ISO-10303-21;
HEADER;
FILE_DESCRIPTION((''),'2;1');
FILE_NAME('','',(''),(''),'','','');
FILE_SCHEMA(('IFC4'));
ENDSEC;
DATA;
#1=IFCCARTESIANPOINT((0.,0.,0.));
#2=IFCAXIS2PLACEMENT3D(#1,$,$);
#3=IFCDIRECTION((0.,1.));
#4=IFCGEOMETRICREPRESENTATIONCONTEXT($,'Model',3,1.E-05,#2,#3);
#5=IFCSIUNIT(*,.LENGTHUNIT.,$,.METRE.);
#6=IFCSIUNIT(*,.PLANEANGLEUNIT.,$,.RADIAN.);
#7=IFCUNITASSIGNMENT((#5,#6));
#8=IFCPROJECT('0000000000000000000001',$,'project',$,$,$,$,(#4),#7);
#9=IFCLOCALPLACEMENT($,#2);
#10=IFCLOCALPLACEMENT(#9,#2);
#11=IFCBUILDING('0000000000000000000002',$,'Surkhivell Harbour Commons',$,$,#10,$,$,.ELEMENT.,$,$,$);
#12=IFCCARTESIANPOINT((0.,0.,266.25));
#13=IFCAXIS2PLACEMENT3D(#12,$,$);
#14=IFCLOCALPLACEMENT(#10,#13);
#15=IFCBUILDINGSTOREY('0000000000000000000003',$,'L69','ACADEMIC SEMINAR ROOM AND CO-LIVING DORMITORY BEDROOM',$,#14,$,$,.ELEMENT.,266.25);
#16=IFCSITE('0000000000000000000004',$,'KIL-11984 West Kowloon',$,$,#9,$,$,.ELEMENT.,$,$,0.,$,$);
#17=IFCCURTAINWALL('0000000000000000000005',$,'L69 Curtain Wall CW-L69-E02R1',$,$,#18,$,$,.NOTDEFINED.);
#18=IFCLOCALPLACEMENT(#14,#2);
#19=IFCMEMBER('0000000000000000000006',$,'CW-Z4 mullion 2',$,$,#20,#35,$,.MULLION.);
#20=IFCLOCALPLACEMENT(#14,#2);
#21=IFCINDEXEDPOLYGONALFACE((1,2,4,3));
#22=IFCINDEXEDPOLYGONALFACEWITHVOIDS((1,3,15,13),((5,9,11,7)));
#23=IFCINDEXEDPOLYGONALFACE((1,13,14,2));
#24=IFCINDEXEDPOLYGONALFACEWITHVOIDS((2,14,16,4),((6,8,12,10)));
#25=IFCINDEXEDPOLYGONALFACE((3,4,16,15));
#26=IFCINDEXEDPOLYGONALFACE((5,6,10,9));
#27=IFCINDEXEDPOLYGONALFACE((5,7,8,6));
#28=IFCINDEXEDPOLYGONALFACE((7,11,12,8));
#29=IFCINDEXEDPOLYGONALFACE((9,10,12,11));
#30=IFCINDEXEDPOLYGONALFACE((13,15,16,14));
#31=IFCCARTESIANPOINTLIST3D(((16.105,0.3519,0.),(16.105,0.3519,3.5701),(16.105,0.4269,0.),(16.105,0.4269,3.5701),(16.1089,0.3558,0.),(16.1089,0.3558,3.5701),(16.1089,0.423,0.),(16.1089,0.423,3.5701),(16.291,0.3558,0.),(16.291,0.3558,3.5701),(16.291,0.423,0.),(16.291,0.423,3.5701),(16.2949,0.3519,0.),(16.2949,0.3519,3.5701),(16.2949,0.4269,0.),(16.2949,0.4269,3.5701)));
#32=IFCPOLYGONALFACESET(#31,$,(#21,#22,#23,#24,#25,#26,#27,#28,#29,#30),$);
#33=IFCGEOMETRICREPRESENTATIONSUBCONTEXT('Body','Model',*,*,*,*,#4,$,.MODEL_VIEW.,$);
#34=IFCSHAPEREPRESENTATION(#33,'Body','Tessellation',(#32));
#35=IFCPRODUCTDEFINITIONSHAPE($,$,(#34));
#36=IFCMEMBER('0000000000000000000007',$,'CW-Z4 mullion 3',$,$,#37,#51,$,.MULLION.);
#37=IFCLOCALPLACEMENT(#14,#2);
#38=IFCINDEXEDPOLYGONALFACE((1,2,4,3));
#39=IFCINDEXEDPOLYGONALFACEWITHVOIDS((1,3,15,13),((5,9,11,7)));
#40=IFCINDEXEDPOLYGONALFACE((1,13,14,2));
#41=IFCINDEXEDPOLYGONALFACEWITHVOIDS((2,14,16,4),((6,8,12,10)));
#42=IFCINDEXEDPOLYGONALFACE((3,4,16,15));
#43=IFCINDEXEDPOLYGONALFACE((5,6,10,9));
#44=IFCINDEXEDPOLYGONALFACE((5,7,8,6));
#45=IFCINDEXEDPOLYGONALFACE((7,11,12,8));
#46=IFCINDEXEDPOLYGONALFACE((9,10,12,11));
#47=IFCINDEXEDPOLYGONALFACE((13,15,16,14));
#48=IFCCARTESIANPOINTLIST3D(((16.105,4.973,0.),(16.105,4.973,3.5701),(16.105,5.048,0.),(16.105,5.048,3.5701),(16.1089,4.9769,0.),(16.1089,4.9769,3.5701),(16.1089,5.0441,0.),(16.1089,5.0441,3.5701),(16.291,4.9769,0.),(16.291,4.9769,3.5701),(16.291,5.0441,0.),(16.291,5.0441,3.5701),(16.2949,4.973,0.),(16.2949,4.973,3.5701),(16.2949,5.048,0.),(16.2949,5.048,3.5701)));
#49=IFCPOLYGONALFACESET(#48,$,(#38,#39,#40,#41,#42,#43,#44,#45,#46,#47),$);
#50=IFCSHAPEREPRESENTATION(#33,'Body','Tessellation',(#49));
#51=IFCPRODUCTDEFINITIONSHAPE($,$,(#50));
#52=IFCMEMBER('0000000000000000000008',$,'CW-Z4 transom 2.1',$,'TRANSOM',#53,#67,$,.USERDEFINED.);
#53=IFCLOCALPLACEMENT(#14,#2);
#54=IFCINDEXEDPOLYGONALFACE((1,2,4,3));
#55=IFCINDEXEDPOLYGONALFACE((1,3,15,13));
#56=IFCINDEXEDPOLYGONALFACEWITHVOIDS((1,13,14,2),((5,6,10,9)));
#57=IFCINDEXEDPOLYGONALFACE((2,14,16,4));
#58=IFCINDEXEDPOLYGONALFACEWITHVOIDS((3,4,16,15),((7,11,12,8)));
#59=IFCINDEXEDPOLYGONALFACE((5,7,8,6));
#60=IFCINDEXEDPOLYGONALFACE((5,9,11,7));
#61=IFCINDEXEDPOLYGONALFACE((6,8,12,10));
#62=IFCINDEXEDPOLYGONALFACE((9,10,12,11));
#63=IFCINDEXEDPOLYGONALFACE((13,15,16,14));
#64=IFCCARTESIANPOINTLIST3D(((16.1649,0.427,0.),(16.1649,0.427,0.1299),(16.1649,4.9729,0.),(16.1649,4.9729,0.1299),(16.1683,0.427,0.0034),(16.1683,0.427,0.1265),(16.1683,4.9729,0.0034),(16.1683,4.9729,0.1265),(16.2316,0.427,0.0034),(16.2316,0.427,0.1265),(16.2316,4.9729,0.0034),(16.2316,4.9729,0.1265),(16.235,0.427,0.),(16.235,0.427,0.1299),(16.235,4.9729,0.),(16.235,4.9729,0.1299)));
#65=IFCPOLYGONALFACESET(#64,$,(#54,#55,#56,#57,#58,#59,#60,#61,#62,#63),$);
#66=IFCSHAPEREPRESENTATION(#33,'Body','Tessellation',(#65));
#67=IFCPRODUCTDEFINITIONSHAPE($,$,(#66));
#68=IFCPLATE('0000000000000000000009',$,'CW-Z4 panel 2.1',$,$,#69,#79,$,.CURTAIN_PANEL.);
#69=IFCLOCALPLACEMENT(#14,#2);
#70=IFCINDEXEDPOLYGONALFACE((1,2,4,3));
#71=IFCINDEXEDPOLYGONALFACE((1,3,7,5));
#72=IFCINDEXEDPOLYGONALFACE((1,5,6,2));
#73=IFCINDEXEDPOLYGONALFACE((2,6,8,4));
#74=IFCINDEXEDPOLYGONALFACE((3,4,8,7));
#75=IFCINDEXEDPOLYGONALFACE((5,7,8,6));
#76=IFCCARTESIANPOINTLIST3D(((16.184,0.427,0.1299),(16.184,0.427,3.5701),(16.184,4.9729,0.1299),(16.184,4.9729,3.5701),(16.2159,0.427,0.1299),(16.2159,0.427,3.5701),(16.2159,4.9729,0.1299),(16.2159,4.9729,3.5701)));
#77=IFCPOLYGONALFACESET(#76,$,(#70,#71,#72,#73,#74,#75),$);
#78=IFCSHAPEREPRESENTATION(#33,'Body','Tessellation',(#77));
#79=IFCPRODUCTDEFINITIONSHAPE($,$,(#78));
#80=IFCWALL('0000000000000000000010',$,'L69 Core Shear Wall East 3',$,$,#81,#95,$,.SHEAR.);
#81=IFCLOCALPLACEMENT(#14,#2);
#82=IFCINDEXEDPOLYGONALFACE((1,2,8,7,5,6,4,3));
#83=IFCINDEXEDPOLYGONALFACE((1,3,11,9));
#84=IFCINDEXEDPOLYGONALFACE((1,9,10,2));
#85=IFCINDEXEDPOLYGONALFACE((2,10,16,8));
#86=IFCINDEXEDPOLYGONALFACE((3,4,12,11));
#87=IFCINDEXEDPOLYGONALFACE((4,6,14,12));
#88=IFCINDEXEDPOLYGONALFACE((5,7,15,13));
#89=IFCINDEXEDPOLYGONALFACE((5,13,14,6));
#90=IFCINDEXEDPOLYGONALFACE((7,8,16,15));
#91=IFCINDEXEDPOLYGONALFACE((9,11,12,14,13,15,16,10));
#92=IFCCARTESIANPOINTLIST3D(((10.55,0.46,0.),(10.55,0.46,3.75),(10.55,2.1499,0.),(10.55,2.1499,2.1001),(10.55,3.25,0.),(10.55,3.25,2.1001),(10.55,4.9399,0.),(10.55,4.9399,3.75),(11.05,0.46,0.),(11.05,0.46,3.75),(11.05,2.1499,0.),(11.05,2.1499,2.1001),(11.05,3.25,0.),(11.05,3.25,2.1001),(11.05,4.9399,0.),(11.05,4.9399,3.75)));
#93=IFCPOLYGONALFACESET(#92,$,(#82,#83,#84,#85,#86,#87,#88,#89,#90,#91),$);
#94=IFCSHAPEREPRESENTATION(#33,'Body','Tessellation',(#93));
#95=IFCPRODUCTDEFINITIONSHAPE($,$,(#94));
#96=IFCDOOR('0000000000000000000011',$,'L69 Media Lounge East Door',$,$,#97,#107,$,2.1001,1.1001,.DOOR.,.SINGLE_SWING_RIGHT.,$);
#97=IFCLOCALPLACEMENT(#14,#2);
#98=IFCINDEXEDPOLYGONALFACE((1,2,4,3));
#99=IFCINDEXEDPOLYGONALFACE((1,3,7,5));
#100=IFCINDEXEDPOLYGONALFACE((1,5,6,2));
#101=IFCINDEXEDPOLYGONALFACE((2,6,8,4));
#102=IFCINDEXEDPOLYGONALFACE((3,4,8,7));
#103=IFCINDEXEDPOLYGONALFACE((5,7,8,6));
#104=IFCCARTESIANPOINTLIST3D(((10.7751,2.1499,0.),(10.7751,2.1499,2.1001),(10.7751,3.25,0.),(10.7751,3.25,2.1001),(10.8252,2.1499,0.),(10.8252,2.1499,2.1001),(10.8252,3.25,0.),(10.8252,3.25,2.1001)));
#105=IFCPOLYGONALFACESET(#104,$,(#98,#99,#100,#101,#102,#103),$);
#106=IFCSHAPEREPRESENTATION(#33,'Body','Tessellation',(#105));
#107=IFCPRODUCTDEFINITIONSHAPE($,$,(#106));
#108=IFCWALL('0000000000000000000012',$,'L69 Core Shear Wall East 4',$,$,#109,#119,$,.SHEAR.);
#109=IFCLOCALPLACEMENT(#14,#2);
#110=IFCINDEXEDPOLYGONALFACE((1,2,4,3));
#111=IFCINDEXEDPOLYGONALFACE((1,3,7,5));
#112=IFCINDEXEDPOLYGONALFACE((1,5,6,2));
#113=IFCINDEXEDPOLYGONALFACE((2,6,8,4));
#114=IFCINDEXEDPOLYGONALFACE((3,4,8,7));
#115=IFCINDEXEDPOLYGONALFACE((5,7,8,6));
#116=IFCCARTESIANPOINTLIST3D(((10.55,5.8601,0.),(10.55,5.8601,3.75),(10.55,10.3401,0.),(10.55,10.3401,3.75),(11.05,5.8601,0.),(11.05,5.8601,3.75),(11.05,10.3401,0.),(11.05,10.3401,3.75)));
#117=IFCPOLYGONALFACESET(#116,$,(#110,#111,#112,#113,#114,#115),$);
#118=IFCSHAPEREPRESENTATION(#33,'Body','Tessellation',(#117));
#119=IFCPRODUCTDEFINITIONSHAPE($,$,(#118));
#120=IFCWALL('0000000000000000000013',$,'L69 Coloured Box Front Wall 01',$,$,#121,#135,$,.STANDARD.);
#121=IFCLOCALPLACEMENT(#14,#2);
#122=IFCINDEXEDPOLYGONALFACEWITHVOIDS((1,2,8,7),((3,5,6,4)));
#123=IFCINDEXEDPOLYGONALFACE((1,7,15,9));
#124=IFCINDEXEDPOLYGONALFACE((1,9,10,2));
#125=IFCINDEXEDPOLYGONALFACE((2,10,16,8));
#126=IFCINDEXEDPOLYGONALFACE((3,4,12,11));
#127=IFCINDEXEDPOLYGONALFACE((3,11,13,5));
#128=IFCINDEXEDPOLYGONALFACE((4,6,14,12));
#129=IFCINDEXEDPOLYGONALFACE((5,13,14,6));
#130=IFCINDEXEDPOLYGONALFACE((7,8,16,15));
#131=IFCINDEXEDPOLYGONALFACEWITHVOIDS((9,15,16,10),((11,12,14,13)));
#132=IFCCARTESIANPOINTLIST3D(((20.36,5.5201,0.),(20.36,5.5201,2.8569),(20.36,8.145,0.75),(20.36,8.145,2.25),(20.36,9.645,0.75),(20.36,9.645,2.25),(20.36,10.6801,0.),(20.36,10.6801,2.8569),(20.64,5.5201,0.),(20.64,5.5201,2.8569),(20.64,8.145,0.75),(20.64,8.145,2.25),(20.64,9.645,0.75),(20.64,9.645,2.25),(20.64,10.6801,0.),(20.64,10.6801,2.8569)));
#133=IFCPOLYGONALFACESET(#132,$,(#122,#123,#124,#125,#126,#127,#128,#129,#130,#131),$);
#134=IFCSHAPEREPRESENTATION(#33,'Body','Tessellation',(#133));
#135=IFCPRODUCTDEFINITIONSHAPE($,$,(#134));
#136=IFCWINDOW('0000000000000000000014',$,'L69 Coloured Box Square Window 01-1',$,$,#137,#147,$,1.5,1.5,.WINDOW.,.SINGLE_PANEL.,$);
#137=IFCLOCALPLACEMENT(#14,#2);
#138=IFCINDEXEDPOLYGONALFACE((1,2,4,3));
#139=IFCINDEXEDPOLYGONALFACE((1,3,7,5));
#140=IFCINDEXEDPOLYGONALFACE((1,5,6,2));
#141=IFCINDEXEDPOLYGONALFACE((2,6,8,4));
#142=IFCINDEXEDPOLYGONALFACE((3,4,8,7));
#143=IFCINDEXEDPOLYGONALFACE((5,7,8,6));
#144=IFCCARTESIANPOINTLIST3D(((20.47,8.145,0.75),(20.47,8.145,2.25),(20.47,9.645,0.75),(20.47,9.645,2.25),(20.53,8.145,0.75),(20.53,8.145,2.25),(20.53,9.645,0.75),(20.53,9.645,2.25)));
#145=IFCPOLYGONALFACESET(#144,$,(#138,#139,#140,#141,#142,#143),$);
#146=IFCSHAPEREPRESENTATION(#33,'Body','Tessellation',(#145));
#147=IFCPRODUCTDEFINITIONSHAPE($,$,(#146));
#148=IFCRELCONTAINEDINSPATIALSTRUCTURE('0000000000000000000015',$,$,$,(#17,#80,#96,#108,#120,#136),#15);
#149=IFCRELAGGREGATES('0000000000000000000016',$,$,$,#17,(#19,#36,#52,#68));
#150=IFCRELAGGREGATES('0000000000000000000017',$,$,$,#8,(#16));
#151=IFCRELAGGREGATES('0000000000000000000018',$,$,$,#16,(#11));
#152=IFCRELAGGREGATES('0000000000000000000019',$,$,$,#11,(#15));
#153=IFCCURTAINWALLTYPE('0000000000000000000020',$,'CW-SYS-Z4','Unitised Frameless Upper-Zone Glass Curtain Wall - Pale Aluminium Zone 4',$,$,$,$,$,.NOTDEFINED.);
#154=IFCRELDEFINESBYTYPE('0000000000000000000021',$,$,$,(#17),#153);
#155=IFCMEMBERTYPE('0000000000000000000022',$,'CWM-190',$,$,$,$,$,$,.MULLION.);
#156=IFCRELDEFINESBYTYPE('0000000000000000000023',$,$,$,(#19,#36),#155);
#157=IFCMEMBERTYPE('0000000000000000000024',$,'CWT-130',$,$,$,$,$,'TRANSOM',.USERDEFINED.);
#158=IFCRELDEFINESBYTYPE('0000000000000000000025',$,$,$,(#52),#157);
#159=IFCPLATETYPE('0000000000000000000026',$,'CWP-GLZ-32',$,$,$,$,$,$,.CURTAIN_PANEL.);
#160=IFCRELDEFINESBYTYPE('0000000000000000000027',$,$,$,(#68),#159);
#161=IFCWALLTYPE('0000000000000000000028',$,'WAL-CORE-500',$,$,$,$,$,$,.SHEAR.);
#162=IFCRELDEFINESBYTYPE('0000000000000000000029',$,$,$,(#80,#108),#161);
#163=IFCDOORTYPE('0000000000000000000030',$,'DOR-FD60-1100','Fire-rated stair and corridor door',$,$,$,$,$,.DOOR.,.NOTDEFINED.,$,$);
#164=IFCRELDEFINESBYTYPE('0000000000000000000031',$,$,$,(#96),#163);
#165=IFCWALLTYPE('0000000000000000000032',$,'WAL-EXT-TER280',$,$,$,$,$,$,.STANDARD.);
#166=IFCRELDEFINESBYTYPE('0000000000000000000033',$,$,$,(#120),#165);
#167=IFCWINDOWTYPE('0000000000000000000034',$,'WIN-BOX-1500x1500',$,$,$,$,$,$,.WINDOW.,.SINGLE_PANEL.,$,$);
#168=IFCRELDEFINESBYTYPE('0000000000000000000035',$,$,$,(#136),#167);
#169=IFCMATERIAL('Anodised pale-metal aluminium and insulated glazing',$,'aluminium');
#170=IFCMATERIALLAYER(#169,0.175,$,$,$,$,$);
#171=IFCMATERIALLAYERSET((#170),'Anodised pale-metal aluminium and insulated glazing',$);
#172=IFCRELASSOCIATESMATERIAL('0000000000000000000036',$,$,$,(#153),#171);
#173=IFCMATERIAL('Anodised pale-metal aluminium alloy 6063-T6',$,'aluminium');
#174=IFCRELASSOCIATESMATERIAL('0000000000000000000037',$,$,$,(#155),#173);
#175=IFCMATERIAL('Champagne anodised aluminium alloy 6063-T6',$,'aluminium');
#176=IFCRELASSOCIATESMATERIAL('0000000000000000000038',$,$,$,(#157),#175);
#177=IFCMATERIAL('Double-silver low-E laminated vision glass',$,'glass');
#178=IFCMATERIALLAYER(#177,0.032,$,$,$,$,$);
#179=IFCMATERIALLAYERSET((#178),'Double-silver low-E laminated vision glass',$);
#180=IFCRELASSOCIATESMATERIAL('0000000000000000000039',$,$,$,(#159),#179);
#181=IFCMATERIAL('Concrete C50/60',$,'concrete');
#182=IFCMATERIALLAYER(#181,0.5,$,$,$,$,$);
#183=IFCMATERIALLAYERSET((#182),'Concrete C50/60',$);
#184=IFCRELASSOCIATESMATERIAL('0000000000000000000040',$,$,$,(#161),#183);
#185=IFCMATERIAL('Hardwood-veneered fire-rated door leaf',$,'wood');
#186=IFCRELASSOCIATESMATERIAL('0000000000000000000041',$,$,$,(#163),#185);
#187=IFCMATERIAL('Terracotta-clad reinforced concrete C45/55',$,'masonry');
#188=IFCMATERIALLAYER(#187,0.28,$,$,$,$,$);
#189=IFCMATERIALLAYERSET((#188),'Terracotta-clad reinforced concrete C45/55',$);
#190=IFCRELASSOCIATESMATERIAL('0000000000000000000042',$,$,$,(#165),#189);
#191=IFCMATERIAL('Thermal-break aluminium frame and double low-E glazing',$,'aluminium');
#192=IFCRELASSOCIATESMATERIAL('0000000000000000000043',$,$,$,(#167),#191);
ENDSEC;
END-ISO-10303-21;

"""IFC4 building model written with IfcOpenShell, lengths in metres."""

from ifc_helpers import new_model, si_unit, direction, frame, frame_2d, origin, origin_2d, place, context, subcontext, project, spatial, rectangle, hollow_rectangle, extrude, material, layer, layer_set, material_profile, profile_set, type_object, element, fill, aggregate, save


model = new_model("IFC4")

# Units and contexts
model_context = context("Model", 3, precision=1e-05, world=origin(), true_north=direction((0.0, 1.0)))
body_context = subcontext(model_context, "Body", "Model", "MODEL_VIEW")
ifc_project = project(units=[si_unit("LENGTHUNIT", "METRE"), si_unit("PLANEANGLEUNIT", "RADIAN")], contexts=[model_context])

# Site, building, storey
site_placement = place(None, origin())
site = spatial("IfcSite", under=ifc_project, at=site_placement, Name="KIL-11984 West Kowloon", CompositionType="ELEMENT", RefElevation=0.0)
building_placement = place(site_placement, origin())
building = spatial("IfcBuilding", under=site, at=building_placement, Name="Surkhivell Harbour Commons", CompositionType="ELEMENT")
storey_placement = place(building_placement, frame((0.0, 0.0, 266.25)))
storey = spatial("IfcBuildingStorey", under=building, at=storey_placement, Name="L69", Description="ACADEMIC SEMINAR ROOM AND CO-LIVING DORMITORY BEDROOM", CompositionType="ELEMENT", Elevation=266.25)

# Shared definitions
ifc_material_1 = material(Name="Concrete C50/60", Category="concrete")

# Curtain wall, members, plate
ifc_material_2 = material(Name="Anodised pale-metal aluminium and insulated glazing", Category="aluminium")
ifc_layer_1 = layer(ifc_material_2, 0.175)
ifc_layer_set_1 = layer_set([ifc_layer_1], Name="Anodised pale-metal aluminium and insulated glazing")
curtain_wall_type = type_object("IfcCurtainWallType", Name="CW-SYS-Z4", Description="Unitised Frameless Upper-Zone Glass Curtain Wall - Pale Aluminium Zone 4", PredefinedType="NOTDEFINED", material=ifc_layer_set_1)
curtain_wall_placement = place(storey_placement, origin())
curtain_wall = element("IfcCurtainWall", 1, at=curtain_wall_placement, inside=storey, type_object=curtain_wall_type, Name="L69 Curtain Wall CW-L69-E02R1", PredefinedType="NOTDEFINED")
ifc_material_3 = material(Name="Anodised pale-metal aluminium alloy 6063-T6", Category="aluminium")
ifc_material_profile_1 = material_profile(ifc_material_3, hollow_rectangle(XDim=0.075, YDim=0.1899, WallThickness=0.0039, at=origin_2d()), Name="ALU-MULL-75x190")
ifc_profile_set_1 = profile_set([ifc_material_profile_1], Name="Anodised pale-metal aluminium alloy 6063-T6")
member_type_1 = type_object("IfcMemberType", Name="CWM-190", PredefinedType="MULLION", material=ifc_profile_set_1)
member_1_placement = place(storey_placement, frame((16.2, 0.3894, 0.0), z_axis=(0.0, 0.0, 1.0), x_axis=(0.0, 1.0, 0.0)))
member_1 = element("IfcMember", 2, at=member_1_placement, type_object=member_type_1, Name="CW-Z4 mullion 2", PredefinedType="MULLION", context=body_context, shape_type="SweptSolid", body=[
    extrude(hollow_rectangle(XDim=0.075, YDim=0.1899, WallThickness=0.0039, at=origin_2d()), origin(), (0.0, 0.0, 1.0), 3.5701),
])
member_2_placement = place(storey_placement, frame((16.2, 5.0105, 0.0), z_axis=(0.0, 0.0, 1.0), x_axis=(0.0, 1.0, 0.0)))
member_2 = element("IfcMember", 3, at=member_2_placement, type_object=member_type_1, Name="CW-Z4 mullion 3", PredefinedType="MULLION", context=body_context, shape_type="SweptSolid", body=[
    extrude(hollow_rectangle(XDim=0.075, YDim=0.1899, WallThickness=0.0039, at=origin_2d()), origin(), (0.0, 0.0, 1.0), 3.5701),
])
ifc_material_4 = material(Name="Champagne anodised aluminium alloy 6063-T6", Category="aluminium")
ifc_material_profile_2 = material_profile(ifc_material_4, hollow_rectangle(XDim=0.0701, YDim=0.1299, WallThickness=0.0034, at=origin_2d()), Name="ALU-TRAN-70x130")
ifc_profile_set_2 = profile_set([ifc_material_profile_2], Name="Champagne anodised aluminium alloy 6063-T6")
member_type_2 = type_object("IfcMemberType", Name="CWT-130", ElementType="TRANSOM", PredefinedType="USERDEFINED", material=ifc_profile_set_2)
member_3_placement = place(storey_placement, frame((16.2, 0.427, 0.0649), z_axis=(0.0, 1.0, 0.0), x_axis=(-1.0, 0.0, 0.0)))
member_3 = element("IfcMember", 4, at=member_3_placement, type_object=member_type_2, Name="CW-Z4 transom 2.1", ObjectType="TRANSOM", PredefinedType="USERDEFINED", context=body_context, shape_type="SweptSolid", body=[
    extrude(hollow_rectangle(XDim=0.0701, YDim=0.1299, WallThickness=0.0034, at=origin_2d()), origin(), (0.0, 0.0, 1.0), 4.5459),
])
ifc_material_5 = material(Name="Double-silver low-E laminated vision glass", Category="glass")
ifc_layer_2 = layer(ifc_material_5, 0.032)
ifc_layer_set_2 = layer_set([ifc_layer_2], Name="Double-silver low-E laminated vision glass")
plate_type = type_object("IfcPlateType", Name="CWP-GLZ-32", PredefinedType="CURTAIN_PANEL", material=ifc_layer_set_2)
plate_placement = place(storey_placement, frame((16.2, 0.427, 0.1299), z_axis=(0.0, 0.0, 1.0), x_axis=(0.0, 1.0, 0.0)))
plate = element("IfcPlate", 5, at=plate_placement, type_object=plate_type, Name="CW-Z4 panel 2.1", PredefinedType="CURTAIN_PANEL", context=body_context, shape_type="SweptSolid", body=[
    extrude(rectangle(XDim=4.5459, YDim=0.032, at=frame_2d((2.2729, 0.0))), origin(), (0.0, 0.0, 1.0), 3.4402),
])
aggregate(curtain_wall, [member_1, member_2, member_3, plate])

# Wall, opening, door
ifc_layer_3 = layer(ifc_material_1, 0.5)
ifc_layer_set_3 = layer_set([ifc_layer_3], Name="Concrete C50/60")
wall_type_1 = type_object("IfcWallType", Name="WAL-CORE-500", PredefinedType="SHEAR", material=ifc_layer_set_3)
wall_1_placement = place(storey_placement, frame((10.8, 0.46, 0.0), z_axis=(0.0, 0.0, 1.0), x_axis=(0.0, 1.0, 0.0)))
wall_1 = element("IfcWall", 6, at=wall_1_placement, inside=storey, type_object=wall_type_1, Name="L69 Core Shear Wall East 3", PredefinedType="SHEAR", context=body_context, shape_type="SweptSolid", body=[
    extrude(rectangle(XDim=4.48, YDim=0.5, at=frame_2d((2.24, 0.0))), origin(), (0.0, 0.0, 1.0), 3.75),
])
opening_1_placement = place(wall_1_placement, frame((1.6899, 0.0, 0.0)))
opening_1 = element("IfcOpeningElement", 7, at=opening_1_placement, cuts=wall_1, PredefinedType="OPENING", context=body_context, shape_type="SweptSolid", body=[
    extrude(rectangle(XDim=1.1001, YDim=2.1001, at=frame_2d((0.55, 1.05))), frame((0.0, 0.26, 0.0), z_axis=(0.0, -1.0, 0.0), x_axis=(1.0, 0.0, 0.0)), (0.0, 0.0, 1.0), 0.52),
])
ifc_material_6 = material(Name="Hardwood-veneered fire-rated door leaf", Category="wood")
door_type = type_object("IfcDoorType", Name="DOR-FD60-1100", Description="Fire-rated stair and corridor door", OperationType="NOTDEFINED", PredefinedType="DOOR", material=ifc_material_6)
door_placement = place(opening_1_placement, origin())
door = element("IfcDoor", 8, at=door_placement, inside=storey, type_object=door_type, Name="L69 Media Lounge East Door", OperationType="SINGLE_SWING_RIGHT", OverallHeight=2.1001, OverallWidth=1.1001, PredefinedType="DOOR", context=body_context, shape_type="SweptSolid", body=[
    extrude(rectangle(XDim=1.1001, YDim=2.1001, at=frame_2d((0.55, 1.05))), frame((0.0, 0.0249, 0.0), z_axis=(0.0, -1.0, 0.0), x_axis=(1.0, 0.0, 0.0)), (0.0, 0.0, 1.0), 0.05),
])
fill(opening_1, door)

# Wall
wall_2_placement = place(storey_placement, frame((10.8, 5.8601, 0.0), z_axis=(0.0, 0.0, 1.0), x_axis=(0.0, 1.0, 0.0)))
element("IfcWall", 9, at=wall_2_placement, inside=storey, type_object=wall_type_1, Name="L69 Core Shear Wall East 4", PredefinedType="SHEAR", context=body_context, shape_type="SweptSolid", body=[
    extrude(rectangle(XDim=4.48, YDim=0.5, at=frame_2d((2.24, 0.0))), origin(), (0.0, 0.0, 1.0), 3.75),
])

# Wall, opening, window
ifc_material_7 = material(Name="Terracotta-clad reinforced concrete C45/55", Category="masonry")
ifc_layer_4 = layer(ifc_material_7, 0.28)
ifc_layer_set_4 = layer_set([ifc_layer_4], Name="Terracotta-clad reinforced concrete C45/55")
wall_type_2 = type_object("IfcWallType", Name="WAL-EXT-TER280", PredefinedType="STANDARD", material=ifc_layer_set_4)
wall_3_placement = place(storey_placement, frame((20.5, 5.52, 0.0), z_axis=(0.0, 0.0, 1.0), x_axis=(0.0, 1.0, 0.0)))
wall_3 = element("IfcWall", 10, at=wall_3_placement, inside=storey, type_object=wall_type_2, Name="L69 Coloured Box Front Wall 01", PredefinedType="STANDARD", context=body_context, shape_type="SweptSolid", body=[
    extrude(rectangle(XDim=5.1599, YDim=0.28, at=frame_2d((2.5801, 0.0))), origin(), (0.0, 0.0, 1.0), 2.8569),
])
opening_2_placement = place(wall_3_placement, frame((2.625, 0.0, 0.75)))
opening_2 = element("IfcOpeningElement", 11, at=opening_2_placement, cuts=wall_3, PredefinedType="OPENING", context=body_context, shape_type="SweptSolid", body=[
    extrude(rectangle(XDim=1.5, YDim=1.5, at=frame_2d((0.75, 0.75))), frame((0.0, 0.1499, 0.0), z_axis=(0.0, -1.0, 0.0), x_axis=(1.0, 0.0, 0.0)), (0.0, 0.0, 1.0), 0.3),
])
ifc_material_8 = material(Name="Thermal-break aluminium frame and double low-E glazing", Category="aluminium")
window_type_1 = type_object("IfcWindowType", Name="WIN-BOX-1500x1500", PartitioningType="SINGLE_PANEL", PredefinedType="WINDOW", material=ifc_material_8)
window_1_placement = place(opening_2_placement, origin())
window_1 = element("IfcWindow", 12, at=window_1_placement, inside=storey, type_object=window_type_1, Name="L69 Coloured Box Square Window 01-1", OverallHeight=1.5, OverallWidth=1.5, PartitioningType="SINGLE_PANEL", PredefinedType="WINDOW", context=body_context, shape_type="SweptSolid", body=[
    extrude(rectangle(XDim=1.5, YDim=1.5, at=frame_2d((0.75, 0.75))), frame((0.0, 0.03, 0.0), z_axis=(0.0, -1.0, 0.0), x_axis=(1.0, 0.0, 0.0)), (0.0, 0.0, 1.0), 0.0601),
])
fill(opening_2, window_1)

save(model, "model.ifc")
